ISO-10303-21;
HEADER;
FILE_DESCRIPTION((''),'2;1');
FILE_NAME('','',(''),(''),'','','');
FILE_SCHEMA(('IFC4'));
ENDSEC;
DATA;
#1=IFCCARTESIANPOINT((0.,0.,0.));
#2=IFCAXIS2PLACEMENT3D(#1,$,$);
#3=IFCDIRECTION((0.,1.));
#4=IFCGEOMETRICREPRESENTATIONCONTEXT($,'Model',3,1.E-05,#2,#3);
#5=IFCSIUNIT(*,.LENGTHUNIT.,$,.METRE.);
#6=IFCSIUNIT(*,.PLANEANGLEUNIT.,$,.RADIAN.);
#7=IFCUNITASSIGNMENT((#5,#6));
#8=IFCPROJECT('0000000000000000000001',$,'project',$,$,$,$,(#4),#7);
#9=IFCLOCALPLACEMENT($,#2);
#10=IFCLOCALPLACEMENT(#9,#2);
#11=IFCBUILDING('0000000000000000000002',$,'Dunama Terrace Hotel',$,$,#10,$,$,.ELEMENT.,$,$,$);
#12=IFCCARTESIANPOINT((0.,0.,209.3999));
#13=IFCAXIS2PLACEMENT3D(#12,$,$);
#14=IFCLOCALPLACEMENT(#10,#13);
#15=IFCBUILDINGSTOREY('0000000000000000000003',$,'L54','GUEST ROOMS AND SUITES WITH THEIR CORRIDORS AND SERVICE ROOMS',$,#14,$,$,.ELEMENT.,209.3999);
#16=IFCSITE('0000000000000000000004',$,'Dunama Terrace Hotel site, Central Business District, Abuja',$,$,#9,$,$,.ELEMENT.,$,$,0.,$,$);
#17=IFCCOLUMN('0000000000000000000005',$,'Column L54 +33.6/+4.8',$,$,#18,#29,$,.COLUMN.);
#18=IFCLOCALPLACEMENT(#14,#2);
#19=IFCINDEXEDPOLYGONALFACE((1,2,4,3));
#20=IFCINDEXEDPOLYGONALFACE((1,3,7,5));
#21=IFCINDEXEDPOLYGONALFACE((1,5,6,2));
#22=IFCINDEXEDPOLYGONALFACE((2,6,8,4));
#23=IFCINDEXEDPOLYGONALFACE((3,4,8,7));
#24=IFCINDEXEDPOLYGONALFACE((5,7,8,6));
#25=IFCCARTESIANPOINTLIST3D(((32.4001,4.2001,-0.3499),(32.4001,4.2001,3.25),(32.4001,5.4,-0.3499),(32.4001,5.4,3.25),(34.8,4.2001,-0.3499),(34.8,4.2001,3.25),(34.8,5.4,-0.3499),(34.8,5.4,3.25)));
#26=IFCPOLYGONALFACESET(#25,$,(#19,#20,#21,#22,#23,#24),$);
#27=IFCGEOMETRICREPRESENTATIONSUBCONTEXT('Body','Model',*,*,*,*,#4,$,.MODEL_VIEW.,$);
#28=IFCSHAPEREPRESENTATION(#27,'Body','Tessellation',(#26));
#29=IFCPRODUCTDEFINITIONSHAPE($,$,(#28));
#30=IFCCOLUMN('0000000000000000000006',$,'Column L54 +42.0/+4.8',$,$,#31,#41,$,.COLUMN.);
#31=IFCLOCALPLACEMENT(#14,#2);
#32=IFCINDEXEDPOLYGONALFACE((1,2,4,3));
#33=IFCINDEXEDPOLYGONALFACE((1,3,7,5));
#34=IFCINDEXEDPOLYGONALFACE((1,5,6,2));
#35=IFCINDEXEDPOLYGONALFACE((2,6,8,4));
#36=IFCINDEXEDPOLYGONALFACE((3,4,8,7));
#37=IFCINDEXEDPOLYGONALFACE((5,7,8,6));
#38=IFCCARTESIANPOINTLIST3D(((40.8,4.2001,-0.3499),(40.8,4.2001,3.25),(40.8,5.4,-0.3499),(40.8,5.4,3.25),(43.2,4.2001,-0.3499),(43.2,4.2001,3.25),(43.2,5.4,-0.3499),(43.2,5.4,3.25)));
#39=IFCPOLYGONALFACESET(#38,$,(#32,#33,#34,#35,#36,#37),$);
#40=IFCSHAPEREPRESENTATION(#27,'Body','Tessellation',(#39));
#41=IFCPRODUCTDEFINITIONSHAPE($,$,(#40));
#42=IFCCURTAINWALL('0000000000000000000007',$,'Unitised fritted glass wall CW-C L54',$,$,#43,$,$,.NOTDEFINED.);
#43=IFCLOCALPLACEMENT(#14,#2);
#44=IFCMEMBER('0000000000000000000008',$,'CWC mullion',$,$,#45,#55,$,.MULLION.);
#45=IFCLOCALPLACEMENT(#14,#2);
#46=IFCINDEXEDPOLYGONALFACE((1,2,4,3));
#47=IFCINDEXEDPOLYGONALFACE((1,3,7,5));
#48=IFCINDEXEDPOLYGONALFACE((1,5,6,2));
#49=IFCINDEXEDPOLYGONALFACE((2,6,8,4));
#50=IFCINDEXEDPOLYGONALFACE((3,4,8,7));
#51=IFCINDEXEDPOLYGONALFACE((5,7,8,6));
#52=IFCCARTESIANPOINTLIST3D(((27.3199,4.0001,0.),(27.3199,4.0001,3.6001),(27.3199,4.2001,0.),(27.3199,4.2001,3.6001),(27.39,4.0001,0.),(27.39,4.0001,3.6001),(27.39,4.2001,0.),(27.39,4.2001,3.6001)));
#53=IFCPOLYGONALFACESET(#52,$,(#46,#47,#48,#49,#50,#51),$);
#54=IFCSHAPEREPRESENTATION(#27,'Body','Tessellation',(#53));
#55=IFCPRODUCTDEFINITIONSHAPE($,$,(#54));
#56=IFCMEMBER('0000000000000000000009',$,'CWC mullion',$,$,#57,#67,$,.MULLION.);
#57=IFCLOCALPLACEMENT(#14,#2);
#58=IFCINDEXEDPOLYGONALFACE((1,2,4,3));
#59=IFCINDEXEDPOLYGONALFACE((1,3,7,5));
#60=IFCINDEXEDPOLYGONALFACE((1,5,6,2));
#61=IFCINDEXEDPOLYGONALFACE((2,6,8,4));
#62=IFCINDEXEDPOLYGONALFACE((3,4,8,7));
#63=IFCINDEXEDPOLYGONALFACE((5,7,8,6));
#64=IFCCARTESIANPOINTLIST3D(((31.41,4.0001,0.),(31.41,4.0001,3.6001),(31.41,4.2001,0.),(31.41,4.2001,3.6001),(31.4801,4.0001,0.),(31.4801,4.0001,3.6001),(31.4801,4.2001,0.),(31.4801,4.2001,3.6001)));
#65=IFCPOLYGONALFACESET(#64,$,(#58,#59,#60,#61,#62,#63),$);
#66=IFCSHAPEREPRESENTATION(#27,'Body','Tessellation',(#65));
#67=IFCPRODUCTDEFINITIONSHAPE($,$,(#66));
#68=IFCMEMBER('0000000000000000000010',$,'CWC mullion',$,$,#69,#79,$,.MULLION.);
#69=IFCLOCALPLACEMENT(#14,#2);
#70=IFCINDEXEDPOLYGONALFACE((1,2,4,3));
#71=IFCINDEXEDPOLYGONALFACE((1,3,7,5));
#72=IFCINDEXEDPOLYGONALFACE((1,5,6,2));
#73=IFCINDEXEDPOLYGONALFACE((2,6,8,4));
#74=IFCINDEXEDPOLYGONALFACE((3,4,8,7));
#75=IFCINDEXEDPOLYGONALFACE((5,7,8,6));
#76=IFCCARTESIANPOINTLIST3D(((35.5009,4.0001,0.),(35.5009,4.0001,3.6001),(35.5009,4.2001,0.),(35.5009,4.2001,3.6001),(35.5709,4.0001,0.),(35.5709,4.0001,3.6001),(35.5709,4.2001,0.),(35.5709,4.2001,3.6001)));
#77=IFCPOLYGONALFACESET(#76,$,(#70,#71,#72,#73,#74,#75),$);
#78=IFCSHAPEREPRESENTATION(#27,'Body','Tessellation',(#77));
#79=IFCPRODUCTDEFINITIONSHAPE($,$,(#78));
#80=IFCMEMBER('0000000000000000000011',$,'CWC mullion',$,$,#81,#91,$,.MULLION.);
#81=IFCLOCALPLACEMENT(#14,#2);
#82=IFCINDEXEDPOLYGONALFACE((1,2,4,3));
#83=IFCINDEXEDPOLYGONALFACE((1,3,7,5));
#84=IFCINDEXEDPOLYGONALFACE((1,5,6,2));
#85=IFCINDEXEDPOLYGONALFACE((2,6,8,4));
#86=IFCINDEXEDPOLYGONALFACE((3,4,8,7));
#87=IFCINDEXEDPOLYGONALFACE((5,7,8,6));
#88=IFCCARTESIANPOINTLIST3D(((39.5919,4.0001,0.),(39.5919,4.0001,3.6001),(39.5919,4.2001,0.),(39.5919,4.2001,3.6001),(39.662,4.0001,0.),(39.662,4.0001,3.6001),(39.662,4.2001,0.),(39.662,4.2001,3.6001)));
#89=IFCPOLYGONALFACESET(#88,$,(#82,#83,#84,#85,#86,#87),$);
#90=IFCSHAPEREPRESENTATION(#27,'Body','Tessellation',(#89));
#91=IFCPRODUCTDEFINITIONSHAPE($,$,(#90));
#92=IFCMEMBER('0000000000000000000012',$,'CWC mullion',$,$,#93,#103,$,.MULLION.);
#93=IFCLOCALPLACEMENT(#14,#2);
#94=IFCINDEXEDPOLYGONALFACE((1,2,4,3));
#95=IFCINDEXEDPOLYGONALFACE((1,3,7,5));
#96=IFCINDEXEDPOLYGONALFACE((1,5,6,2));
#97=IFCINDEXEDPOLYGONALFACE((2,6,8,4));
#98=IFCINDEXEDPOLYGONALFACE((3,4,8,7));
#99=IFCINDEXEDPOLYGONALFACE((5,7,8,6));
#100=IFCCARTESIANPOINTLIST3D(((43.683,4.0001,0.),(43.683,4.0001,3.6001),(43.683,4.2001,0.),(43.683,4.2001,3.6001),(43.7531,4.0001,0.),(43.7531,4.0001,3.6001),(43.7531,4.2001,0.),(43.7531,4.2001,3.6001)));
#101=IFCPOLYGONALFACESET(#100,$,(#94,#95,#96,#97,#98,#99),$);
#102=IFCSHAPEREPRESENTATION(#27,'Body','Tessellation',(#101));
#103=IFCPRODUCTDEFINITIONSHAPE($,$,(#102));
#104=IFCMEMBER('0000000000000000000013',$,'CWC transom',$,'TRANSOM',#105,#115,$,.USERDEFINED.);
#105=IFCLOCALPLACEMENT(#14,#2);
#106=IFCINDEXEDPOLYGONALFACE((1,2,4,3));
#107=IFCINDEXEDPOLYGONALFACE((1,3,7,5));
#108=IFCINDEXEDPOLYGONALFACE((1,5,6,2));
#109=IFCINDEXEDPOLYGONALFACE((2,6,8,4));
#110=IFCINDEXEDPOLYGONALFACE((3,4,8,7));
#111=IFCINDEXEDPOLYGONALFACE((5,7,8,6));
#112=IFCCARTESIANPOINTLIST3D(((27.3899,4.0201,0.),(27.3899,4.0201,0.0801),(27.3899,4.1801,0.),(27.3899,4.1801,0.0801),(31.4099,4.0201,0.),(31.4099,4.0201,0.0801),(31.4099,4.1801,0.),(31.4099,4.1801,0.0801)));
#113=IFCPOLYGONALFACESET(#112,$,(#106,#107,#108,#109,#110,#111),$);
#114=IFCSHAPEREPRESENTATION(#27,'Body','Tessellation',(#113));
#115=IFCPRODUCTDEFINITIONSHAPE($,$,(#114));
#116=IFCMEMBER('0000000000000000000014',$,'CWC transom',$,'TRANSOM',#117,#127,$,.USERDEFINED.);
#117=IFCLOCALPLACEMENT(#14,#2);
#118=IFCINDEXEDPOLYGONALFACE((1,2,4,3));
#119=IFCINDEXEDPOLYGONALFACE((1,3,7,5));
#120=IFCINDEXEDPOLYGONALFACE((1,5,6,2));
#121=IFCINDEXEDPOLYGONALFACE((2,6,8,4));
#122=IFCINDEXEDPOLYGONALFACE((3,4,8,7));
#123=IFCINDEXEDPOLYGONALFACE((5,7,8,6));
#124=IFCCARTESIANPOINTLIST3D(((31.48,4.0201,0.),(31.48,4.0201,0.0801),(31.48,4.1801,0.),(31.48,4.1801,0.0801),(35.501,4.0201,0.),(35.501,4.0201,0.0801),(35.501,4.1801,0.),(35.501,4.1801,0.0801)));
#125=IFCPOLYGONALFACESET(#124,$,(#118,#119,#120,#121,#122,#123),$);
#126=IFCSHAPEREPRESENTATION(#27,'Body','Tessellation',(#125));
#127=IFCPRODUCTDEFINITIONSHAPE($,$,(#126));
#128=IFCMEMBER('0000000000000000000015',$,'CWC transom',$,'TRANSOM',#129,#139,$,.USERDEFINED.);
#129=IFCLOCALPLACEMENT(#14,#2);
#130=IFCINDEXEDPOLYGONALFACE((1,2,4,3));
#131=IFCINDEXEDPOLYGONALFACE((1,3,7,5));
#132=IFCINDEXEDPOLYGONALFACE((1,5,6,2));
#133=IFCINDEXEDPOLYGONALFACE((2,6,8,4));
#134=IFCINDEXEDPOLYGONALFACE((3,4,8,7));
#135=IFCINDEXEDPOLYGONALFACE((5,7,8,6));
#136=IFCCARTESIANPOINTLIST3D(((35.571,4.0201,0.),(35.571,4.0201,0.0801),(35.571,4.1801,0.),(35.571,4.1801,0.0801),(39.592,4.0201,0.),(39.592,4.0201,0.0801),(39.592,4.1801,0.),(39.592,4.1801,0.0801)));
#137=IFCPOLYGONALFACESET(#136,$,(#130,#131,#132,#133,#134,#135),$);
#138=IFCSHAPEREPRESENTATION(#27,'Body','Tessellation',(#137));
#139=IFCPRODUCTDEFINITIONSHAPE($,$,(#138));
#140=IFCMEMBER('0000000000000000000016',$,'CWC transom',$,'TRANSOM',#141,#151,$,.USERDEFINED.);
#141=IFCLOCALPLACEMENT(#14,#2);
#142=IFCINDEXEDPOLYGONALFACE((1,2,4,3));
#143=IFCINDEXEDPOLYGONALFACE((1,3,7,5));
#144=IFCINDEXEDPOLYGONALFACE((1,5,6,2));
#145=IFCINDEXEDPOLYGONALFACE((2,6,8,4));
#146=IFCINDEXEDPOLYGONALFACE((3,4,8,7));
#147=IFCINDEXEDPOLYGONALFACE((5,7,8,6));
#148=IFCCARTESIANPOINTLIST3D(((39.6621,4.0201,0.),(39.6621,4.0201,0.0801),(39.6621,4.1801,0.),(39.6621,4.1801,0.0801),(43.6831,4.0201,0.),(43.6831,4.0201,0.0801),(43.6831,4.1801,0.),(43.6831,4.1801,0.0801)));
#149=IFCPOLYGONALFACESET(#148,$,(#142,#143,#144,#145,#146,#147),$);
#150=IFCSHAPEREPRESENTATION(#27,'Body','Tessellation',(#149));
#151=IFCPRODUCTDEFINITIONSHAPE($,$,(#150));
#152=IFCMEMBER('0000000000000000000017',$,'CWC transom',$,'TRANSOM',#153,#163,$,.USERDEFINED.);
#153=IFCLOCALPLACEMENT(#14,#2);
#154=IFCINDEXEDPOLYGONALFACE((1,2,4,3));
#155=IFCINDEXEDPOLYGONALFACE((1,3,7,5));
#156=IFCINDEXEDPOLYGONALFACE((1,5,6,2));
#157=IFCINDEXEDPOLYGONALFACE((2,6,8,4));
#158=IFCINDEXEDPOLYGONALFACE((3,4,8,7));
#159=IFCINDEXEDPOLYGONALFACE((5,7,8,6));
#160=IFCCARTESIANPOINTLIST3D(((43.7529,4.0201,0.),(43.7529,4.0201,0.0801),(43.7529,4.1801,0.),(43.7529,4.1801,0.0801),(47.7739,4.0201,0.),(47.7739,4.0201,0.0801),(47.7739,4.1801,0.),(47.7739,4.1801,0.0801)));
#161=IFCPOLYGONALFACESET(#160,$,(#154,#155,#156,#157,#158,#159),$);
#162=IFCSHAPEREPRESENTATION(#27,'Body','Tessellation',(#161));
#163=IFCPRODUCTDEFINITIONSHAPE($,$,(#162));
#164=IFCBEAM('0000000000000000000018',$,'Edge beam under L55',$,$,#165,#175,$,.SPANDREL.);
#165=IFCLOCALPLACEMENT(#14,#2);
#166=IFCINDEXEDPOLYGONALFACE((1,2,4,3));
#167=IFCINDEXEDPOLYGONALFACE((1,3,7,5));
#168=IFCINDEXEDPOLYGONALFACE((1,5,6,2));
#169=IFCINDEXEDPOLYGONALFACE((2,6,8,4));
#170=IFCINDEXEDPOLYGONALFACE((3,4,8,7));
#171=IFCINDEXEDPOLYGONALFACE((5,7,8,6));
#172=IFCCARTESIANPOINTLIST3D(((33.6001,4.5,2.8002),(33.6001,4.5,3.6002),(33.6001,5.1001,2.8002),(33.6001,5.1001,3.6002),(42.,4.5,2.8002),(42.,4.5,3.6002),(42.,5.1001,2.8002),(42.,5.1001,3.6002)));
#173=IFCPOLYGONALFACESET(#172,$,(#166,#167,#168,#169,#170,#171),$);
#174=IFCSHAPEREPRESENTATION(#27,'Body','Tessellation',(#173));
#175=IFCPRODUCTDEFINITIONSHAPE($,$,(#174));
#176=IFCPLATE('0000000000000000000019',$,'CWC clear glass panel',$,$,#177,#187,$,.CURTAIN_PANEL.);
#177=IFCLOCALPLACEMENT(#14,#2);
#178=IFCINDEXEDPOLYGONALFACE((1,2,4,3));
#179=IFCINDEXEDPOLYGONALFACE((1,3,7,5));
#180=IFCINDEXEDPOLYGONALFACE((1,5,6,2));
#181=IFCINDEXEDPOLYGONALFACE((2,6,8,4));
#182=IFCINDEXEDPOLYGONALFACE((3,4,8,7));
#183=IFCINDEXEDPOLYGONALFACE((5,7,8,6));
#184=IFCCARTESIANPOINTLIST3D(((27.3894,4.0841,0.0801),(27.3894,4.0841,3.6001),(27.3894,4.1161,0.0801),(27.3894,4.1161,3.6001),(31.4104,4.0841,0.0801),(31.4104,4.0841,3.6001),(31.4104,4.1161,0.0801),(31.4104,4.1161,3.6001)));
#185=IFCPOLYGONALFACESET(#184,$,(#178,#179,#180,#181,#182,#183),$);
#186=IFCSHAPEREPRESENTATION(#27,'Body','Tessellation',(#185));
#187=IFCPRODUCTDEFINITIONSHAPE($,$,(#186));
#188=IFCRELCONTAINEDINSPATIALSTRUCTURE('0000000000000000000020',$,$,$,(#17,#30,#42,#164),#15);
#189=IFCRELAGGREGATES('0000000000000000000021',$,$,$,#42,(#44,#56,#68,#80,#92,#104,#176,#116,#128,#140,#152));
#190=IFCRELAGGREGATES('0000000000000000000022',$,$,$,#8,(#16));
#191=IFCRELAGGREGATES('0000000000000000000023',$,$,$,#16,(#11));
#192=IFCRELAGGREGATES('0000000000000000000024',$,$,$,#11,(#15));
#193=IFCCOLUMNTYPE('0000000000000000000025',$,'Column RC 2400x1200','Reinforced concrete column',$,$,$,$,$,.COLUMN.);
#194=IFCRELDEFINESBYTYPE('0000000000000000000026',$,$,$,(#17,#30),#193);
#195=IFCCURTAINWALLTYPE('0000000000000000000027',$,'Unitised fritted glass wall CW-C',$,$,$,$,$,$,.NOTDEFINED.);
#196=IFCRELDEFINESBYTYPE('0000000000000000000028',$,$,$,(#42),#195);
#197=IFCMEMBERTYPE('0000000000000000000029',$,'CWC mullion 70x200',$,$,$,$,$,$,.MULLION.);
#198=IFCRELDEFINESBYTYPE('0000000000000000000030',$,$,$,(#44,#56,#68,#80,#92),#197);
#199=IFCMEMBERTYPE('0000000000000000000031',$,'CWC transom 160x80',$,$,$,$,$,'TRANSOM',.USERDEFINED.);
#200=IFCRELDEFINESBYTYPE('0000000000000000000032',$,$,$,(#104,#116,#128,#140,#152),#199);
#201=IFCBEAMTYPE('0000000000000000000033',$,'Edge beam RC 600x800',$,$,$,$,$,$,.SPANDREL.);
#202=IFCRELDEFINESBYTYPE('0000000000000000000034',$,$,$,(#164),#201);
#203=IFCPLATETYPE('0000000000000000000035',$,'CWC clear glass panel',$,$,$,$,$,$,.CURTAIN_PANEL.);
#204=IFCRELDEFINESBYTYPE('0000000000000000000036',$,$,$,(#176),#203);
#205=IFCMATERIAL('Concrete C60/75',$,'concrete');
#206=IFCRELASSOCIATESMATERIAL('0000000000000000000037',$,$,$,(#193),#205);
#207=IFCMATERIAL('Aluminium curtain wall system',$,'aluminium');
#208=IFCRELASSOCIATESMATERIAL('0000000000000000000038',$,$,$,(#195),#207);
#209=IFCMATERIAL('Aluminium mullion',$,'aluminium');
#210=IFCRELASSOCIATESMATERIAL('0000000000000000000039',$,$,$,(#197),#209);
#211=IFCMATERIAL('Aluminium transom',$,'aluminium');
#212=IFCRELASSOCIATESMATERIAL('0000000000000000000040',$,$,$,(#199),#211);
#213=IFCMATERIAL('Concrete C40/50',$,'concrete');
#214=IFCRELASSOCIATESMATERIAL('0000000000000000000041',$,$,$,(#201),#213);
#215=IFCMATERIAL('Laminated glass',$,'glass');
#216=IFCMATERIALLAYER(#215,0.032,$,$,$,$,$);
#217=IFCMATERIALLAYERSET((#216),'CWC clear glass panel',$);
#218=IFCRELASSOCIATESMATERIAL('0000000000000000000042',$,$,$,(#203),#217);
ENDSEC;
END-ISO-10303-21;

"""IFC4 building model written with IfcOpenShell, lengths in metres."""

from ifc_helpers import new_model, si_unit, direction, frame, origin, origin_2d, place, context, subcontext, project, spatial, rectangle, extrude, material, layer, layer_set, material_profile, profile_set, type_object, element, aggregate, save


model = new_model("IFC4")

# Units and contexts
model_context = context("Model", 3, precision=1e-05, world=origin(), true_north=direction((0.0, 1.0)))
body_context = subcontext(model_context, "Body", "Model", "MODEL_VIEW")
ifc_project = project(units=[si_unit("LENGTHUNIT", "METRE"), si_unit("PLANEANGLEUNIT", "RADIAN")], contexts=[model_context])

# Site, building, storey
site_placement = place(None, origin())
site = spatial("IfcSite", under=ifc_project, at=site_placement, Name="Dunama Terrace Hotel site, Central Business District, Abuja", CompositionType="ELEMENT", RefElevation=0.0)
building_placement = place(site_placement, origin())
building = spatial("IfcBuilding", under=site, at=building_placement, Name="Dunama Terrace Hotel", CompositionType="ELEMENT")
storey_placement = place(building_placement, frame((0.0, 0.0, 209.3999)))
storey = spatial("IfcBuildingStorey", under=building, at=storey_placement, Name="L54", Description="GUEST ROOMS AND SUITES WITH THEIR CORRIDORS AND SERVICE ROOMS", CompositionType="ELEMENT", Elevation=209.3999)

# Columns
ifc_material_1 = material(Name="Concrete C60/75", Category="concrete")
ifc_material_profile_1 = material_profile(ifc_material_1, rectangle(XDim=2.3999, YDim=1.2, at=origin_2d()), Name="RC 2400x1200")
ifc_profile_set_1 = profile_set([ifc_material_profile_1], Name="Concrete C60/75")
column_type = type_object("IfcColumnType", Name="Column RC 2400x1200", Description="Reinforced concrete column", PredefinedType="COLUMN", material=ifc_profile_set_1)
for number, where, z_axis, x_axis, name in (
    (1, (33.6001, 4.8, -0.3499), (0.0, 0.0, 1.0), (1.0, 0.0, 0.0), "Column L54 +33.6/+4.8"),
    (2, (42.0, 4.8, -0.3499), (0.0, 0.0, 1.0), (1.0, 0.0, 0.0), "Column L54 +42.0/+4.8"),
):
    element("IfcColumn", number, at=place(storey_placement, frame(where, z_axis=z_axis, x_axis=x_axis)), inside=storey, type_object=column_type, Name=name, PredefinedType="COLUMN", context=body_context, shape_type="SweptSolid", body=[
        extrude(rectangle(XDim=2.3999, YDim=1.2, at=origin_2d()), origin(), (0.0, 0.0, 1.0), 3.5999),
    ])

# Curtain wall, members
ifc_material_2 = material(Name="Aluminium curtain wall system", Category="aluminium")
curtain_wall_type = type_object("IfcCurtainWallType", Name="Unitised fritted glass wall CW-C", PredefinedType="NOTDEFINED", material=ifc_material_2)
curtain_wall_placement = place(storey_placement, origin())
curtain_wall = element("IfcCurtainWall", 3, at=curtain_wall_placement, inside=storey, type_object=curtain_wall_type, Name="Unitised fritted glass wall CW-C L54", PredefinedType="NOTDEFINED")
ifc_material_3 = material(Name="Aluminium mullion", Category="aluminium")
ifc_material_profile_2 = material_profile(ifc_material_3, rectangle(XDim=0.0701, YDim=0.2, at=origin_2d()), Name="CWC MULLION 70X200")
ifc_profile_set_2 = profile_set([ifc_material_profile_2], Name="Aluminium mullion")
member_type_1 = type_object("IfcMemberType", Name="CWC mullion 70x200", PredefinedType="MULLION", material=ifc_profile_set_2)
member_1_placement = place(storey_placement, frame((27.355, 4.1001, 0.0), z_axis=(0.0, 0.0, 1.0), x_axis=(1.0, 0.0, 0.0)))
member_1 = element("IfcMember", 4, at=member_1_placement, type_object=member_type_1, Name="CWC mullion", PredefinedType="MULLION", context=body_context, shape_type="SweptSolid", body=[
    extrude(rectangle(XDim=0.0701, YDim=0.2, at=origin_2d()), origin(), (0.0, 0.0, 1.0), 3.6001),
])
member_2_placement = place(storey_placement, frame((31.4451, 4.1001, 0.0), z_axis=(0.0, 0.0, 1.0), x_axis=(1.0, 0.0, 0.0)))
member_2 = element("IfcMember", 5, at=member_2_placement, type_object=member_type_1, Name="CWC mullion", PredefinedType="MULLION", context=body_context, shape_type="SweptSolid", body=[
    extrude(rectangle(XDim=0.0701, YDim=0.2, at=origin_2d()), origin(), (0.0, 0.0, 1.0), 3.6001),
])
member_3_placement = place(storey_placement, frame((35.5359, 4.1001, 0.0), z_axis=(0.0, 0.0, 1.0), x_axis=(1.0, 0.0, 0.0)))
member_3 = element("IfcMember", 6, at=member_3_placement, type_object=member_type_1, Name="CWC mullion", PredefinedType="MULLION", context=body_context, shape_type="SweptSolid", body=[
    extrude(rectangle(XDim=0.0701, YDim=0.2, at=origin_2d()), origin(), (0.0, 0.0, 1.0), 3.6001),
])
member_4_placement = place(storey_placement, frame((39.627, 4.1001, 0.0), z_axis=(0.0, 0.0, 1.0), x_axis=(1.0, 0.0, 0.0)))
member_4 = element("IfcMember", 7, at=member_4_placement, type_object=member_type_1, Name="CWC mullion", PredefinedType="MULLION", context=body_context, shape_type="SweptSolid", body=[
    extrude(rectangle(XDim=0.0701, YDim=0.2, at=origin_2d()), origin(), (0.0, 0.0, 1.0), 3.6001),
])
member_5_placement = place(storey_placement, frame((43.718, 4.1001, 0.0), z_axis=(0.0, 0.0, 1.0), x_axis=(1.0, 0.0, 0.0)))
member_5 = element("IfcMember", 8, at=member_5_placement, type_object=member_type_1, Name="CWC mullion", PredefinedType="MULLION", context=body_context, shape_type="SweptSolid", body=[
    extrude(rectangle(XDim=0.0701, YDim=0.2, at=origin_2d()), origin(), (0.0, 0.0, 1.0), 3.6001),
])
ifc_material_4 = material(Name="Aluminium transom", Category="aluminium")
ifc_material_profile_3 = material_profile(ifc_material_4, rectangle(XDim=0.1599, YDim=0.0801, at=origin_2d()), Name="CWC TRANSOM 160X80")
ifc_profile_set_3 = profile_set([ifc_material_profile_3], Name="Aluminium transom")
member_type_2 = type_object("IfcMemberType", Name="CWC transom 160x80", ElementType="TRANSOM", PredefinedType="USERDEFINED", material=ifc_profile_set_3)
member_6_placement = place(storey_placement, frame((27.3899, 4.1001, 0.04), z_axis=(1.0, 0.0, 0.0), x_axis=(0.0, 1.0, 0.0)))
member_6 = element("IfcMember", 9, at=member_6_placement, type_object=member_type_2, Name="CWC transom", ObjectType="TRANSOM", PredefinedType="USERDEFINED", context=body_context, shape_type="SweptSolid", body=[
    extrude(rectangle(XDim=0.1599, YDim=0.0801, at=origin_2d()), origin(), (0.0, 0.0, 1.0), 4.02),
])
member_7_placement = place(storey_placement, frame((31.48, 4.1001, 0.04), z_axis=(1.0, 0.0, 0.0), x_axis=(0.0, 1.0, 0.0)))
member_7 = element("IfcMember", 10, at=member_7_placement, type_object=member_type_2, Name="CWC transom", ObjectType="TRANSOM", PredefinedType="USERDEFINED", context=body_context, shape_type="SweptSolid", body=[
    extrude(rectangle(XDim=0.1599, YDim=0.0801, at=origin_2d()), origin(), (0.0, 0.0, 1.0), 4.021),
])
member_8_placement = place(storey_placement, frame((35.571, 4.1001, 0.04), z_axis=(1.0, 0.0, 0.0), x_axis=(0.0, 1.0, 0.0)))
member_8 = element("IfcMember", 11, at=member_8_placement, type_object=member_type_2, Name="CWC transom", ObjectType="TRANSOM", PredefinedType="USERDEFINED", context=body_context, shape_type="SweptSolid", body=[
    extrude(rectangle(XDim=0.1599, YDim=0.0801, at=origin_2d()), origin(), (0.0, 0.0, 1.0), 4.021),
])
member_9_placement = place(storey_placement, frame((39.6621, 4.1001, 0.04), z_axis=(1.0, 0.0, 0.0), x_axis=(0.0, 1.0, 0.0)))
member_9 = element("IfcMember", 12, at=member_9_placement, type_object=member_type_2, Name="CWC transom", ObjectType="TRANSOM", PredefinedType="USERDEFINED", context=body_context, shape_type="SweptSolid", body=[
    extrude(rectangle(XDim=0.1599, YDim=0.0801, at=origin_2d()), origin(), (0.0, 0.0, 1.0), 4.021),
])
member_10_placement = place(storey_placement, frame((43.7529, 4.1001, 0.04), z_axis=(1.0, 0.0, 0.0), x_axis=(0.0, 1.0, 0.0)))
member_10 = element("IfcMember", 13, at=member_10_placement, type_object=member_type_2, Name="CWC transom", ObjectType="TRANSOM", PredefinedType="USERDEFINED", context=body_context, shape_type="SweptSolid", body=[
    extrude(rectangle(XDim=0.1599, YDim=0.0801, at=origin_2d()), origin(), (0.0, 0.0, 1.0), 4.021),
])

# Beam
ifc_material_5 = material(Name="Concrete C40/50", Category="concrete")
ifc_material_profile_4 = material_profile(ifc_material_5, rectangle(XDim=0.6001, YDim=0.8, at=origin_2d()), Name="RC 600x800")
ifc_profile_set_4 = profile_set([ifc_material_profile_4], Name="Concrete C40/50")
beam_type = type_object("IfcBeamType", Name="Edge beam RC 600x800", PredefinedType="SPANDREL", material=ifc_profile_set_4)
beam_placement = place(storey_placement, frame((33.6001, 4.8, 3.2002), z_axis=(1.0, 0.0, 0.0), x_axis=(0.0, 1.0, 0.0)))
element("IfcBeam", 14, at=beam_placement, inside=storey, type_object=beam_type, Name="Edge beam under L55", PredefinedType="SPANDREL", context=body_context, shape_type="SweptSolid", body=[
    extrude(rectangle(XDim=0.6001, YDim=0.8, at=origin_2d()), origin(), (0.0, 0.0, 1.0), 8.3999),
])

# Plate
ifc_material_6 = material(Name="Laminated glass", Category="glass")
ifc_layer_1 = layer(ifc_material_6, 0.032)
ifc_layer_set_1 = layer_set([ifc_layer_1], Name="CWC clear glass panel")
plate_type_1 = type_object("IfcPlateType", Name="CWC clear glass panel", PredefinedType="CURTAIN_PANEL", material=ifc_layer_set_1)
plate_1_placement = place(storey_placement, frame((29.3999, 4.1001, 0.0801), z_axis=(0.0, 0.0, 1.0), x_axis=(1.0, 0.0, 0.0)))
plate_1 = element("IfcPlate", 15, at=plate_1_placement, type_object=plate_type_1, Name="CWC clear glass panel", PredefinedType="CURTAIN_PANEL", context=body_context, shape_type="SweptSolid", body=[
    extrude(rectangle(XDim=4.021, YDim=0.032, at=origin_2d()), origin(), (0.0, 0.0, 1.0), 3.52),
])
aggregate(curtain_wall, [member_1, member_2, member_3, member_4, member_5, member_6, plate_1, member_7, member_8, member_9, member_10])

save(model, "model.ifc")
